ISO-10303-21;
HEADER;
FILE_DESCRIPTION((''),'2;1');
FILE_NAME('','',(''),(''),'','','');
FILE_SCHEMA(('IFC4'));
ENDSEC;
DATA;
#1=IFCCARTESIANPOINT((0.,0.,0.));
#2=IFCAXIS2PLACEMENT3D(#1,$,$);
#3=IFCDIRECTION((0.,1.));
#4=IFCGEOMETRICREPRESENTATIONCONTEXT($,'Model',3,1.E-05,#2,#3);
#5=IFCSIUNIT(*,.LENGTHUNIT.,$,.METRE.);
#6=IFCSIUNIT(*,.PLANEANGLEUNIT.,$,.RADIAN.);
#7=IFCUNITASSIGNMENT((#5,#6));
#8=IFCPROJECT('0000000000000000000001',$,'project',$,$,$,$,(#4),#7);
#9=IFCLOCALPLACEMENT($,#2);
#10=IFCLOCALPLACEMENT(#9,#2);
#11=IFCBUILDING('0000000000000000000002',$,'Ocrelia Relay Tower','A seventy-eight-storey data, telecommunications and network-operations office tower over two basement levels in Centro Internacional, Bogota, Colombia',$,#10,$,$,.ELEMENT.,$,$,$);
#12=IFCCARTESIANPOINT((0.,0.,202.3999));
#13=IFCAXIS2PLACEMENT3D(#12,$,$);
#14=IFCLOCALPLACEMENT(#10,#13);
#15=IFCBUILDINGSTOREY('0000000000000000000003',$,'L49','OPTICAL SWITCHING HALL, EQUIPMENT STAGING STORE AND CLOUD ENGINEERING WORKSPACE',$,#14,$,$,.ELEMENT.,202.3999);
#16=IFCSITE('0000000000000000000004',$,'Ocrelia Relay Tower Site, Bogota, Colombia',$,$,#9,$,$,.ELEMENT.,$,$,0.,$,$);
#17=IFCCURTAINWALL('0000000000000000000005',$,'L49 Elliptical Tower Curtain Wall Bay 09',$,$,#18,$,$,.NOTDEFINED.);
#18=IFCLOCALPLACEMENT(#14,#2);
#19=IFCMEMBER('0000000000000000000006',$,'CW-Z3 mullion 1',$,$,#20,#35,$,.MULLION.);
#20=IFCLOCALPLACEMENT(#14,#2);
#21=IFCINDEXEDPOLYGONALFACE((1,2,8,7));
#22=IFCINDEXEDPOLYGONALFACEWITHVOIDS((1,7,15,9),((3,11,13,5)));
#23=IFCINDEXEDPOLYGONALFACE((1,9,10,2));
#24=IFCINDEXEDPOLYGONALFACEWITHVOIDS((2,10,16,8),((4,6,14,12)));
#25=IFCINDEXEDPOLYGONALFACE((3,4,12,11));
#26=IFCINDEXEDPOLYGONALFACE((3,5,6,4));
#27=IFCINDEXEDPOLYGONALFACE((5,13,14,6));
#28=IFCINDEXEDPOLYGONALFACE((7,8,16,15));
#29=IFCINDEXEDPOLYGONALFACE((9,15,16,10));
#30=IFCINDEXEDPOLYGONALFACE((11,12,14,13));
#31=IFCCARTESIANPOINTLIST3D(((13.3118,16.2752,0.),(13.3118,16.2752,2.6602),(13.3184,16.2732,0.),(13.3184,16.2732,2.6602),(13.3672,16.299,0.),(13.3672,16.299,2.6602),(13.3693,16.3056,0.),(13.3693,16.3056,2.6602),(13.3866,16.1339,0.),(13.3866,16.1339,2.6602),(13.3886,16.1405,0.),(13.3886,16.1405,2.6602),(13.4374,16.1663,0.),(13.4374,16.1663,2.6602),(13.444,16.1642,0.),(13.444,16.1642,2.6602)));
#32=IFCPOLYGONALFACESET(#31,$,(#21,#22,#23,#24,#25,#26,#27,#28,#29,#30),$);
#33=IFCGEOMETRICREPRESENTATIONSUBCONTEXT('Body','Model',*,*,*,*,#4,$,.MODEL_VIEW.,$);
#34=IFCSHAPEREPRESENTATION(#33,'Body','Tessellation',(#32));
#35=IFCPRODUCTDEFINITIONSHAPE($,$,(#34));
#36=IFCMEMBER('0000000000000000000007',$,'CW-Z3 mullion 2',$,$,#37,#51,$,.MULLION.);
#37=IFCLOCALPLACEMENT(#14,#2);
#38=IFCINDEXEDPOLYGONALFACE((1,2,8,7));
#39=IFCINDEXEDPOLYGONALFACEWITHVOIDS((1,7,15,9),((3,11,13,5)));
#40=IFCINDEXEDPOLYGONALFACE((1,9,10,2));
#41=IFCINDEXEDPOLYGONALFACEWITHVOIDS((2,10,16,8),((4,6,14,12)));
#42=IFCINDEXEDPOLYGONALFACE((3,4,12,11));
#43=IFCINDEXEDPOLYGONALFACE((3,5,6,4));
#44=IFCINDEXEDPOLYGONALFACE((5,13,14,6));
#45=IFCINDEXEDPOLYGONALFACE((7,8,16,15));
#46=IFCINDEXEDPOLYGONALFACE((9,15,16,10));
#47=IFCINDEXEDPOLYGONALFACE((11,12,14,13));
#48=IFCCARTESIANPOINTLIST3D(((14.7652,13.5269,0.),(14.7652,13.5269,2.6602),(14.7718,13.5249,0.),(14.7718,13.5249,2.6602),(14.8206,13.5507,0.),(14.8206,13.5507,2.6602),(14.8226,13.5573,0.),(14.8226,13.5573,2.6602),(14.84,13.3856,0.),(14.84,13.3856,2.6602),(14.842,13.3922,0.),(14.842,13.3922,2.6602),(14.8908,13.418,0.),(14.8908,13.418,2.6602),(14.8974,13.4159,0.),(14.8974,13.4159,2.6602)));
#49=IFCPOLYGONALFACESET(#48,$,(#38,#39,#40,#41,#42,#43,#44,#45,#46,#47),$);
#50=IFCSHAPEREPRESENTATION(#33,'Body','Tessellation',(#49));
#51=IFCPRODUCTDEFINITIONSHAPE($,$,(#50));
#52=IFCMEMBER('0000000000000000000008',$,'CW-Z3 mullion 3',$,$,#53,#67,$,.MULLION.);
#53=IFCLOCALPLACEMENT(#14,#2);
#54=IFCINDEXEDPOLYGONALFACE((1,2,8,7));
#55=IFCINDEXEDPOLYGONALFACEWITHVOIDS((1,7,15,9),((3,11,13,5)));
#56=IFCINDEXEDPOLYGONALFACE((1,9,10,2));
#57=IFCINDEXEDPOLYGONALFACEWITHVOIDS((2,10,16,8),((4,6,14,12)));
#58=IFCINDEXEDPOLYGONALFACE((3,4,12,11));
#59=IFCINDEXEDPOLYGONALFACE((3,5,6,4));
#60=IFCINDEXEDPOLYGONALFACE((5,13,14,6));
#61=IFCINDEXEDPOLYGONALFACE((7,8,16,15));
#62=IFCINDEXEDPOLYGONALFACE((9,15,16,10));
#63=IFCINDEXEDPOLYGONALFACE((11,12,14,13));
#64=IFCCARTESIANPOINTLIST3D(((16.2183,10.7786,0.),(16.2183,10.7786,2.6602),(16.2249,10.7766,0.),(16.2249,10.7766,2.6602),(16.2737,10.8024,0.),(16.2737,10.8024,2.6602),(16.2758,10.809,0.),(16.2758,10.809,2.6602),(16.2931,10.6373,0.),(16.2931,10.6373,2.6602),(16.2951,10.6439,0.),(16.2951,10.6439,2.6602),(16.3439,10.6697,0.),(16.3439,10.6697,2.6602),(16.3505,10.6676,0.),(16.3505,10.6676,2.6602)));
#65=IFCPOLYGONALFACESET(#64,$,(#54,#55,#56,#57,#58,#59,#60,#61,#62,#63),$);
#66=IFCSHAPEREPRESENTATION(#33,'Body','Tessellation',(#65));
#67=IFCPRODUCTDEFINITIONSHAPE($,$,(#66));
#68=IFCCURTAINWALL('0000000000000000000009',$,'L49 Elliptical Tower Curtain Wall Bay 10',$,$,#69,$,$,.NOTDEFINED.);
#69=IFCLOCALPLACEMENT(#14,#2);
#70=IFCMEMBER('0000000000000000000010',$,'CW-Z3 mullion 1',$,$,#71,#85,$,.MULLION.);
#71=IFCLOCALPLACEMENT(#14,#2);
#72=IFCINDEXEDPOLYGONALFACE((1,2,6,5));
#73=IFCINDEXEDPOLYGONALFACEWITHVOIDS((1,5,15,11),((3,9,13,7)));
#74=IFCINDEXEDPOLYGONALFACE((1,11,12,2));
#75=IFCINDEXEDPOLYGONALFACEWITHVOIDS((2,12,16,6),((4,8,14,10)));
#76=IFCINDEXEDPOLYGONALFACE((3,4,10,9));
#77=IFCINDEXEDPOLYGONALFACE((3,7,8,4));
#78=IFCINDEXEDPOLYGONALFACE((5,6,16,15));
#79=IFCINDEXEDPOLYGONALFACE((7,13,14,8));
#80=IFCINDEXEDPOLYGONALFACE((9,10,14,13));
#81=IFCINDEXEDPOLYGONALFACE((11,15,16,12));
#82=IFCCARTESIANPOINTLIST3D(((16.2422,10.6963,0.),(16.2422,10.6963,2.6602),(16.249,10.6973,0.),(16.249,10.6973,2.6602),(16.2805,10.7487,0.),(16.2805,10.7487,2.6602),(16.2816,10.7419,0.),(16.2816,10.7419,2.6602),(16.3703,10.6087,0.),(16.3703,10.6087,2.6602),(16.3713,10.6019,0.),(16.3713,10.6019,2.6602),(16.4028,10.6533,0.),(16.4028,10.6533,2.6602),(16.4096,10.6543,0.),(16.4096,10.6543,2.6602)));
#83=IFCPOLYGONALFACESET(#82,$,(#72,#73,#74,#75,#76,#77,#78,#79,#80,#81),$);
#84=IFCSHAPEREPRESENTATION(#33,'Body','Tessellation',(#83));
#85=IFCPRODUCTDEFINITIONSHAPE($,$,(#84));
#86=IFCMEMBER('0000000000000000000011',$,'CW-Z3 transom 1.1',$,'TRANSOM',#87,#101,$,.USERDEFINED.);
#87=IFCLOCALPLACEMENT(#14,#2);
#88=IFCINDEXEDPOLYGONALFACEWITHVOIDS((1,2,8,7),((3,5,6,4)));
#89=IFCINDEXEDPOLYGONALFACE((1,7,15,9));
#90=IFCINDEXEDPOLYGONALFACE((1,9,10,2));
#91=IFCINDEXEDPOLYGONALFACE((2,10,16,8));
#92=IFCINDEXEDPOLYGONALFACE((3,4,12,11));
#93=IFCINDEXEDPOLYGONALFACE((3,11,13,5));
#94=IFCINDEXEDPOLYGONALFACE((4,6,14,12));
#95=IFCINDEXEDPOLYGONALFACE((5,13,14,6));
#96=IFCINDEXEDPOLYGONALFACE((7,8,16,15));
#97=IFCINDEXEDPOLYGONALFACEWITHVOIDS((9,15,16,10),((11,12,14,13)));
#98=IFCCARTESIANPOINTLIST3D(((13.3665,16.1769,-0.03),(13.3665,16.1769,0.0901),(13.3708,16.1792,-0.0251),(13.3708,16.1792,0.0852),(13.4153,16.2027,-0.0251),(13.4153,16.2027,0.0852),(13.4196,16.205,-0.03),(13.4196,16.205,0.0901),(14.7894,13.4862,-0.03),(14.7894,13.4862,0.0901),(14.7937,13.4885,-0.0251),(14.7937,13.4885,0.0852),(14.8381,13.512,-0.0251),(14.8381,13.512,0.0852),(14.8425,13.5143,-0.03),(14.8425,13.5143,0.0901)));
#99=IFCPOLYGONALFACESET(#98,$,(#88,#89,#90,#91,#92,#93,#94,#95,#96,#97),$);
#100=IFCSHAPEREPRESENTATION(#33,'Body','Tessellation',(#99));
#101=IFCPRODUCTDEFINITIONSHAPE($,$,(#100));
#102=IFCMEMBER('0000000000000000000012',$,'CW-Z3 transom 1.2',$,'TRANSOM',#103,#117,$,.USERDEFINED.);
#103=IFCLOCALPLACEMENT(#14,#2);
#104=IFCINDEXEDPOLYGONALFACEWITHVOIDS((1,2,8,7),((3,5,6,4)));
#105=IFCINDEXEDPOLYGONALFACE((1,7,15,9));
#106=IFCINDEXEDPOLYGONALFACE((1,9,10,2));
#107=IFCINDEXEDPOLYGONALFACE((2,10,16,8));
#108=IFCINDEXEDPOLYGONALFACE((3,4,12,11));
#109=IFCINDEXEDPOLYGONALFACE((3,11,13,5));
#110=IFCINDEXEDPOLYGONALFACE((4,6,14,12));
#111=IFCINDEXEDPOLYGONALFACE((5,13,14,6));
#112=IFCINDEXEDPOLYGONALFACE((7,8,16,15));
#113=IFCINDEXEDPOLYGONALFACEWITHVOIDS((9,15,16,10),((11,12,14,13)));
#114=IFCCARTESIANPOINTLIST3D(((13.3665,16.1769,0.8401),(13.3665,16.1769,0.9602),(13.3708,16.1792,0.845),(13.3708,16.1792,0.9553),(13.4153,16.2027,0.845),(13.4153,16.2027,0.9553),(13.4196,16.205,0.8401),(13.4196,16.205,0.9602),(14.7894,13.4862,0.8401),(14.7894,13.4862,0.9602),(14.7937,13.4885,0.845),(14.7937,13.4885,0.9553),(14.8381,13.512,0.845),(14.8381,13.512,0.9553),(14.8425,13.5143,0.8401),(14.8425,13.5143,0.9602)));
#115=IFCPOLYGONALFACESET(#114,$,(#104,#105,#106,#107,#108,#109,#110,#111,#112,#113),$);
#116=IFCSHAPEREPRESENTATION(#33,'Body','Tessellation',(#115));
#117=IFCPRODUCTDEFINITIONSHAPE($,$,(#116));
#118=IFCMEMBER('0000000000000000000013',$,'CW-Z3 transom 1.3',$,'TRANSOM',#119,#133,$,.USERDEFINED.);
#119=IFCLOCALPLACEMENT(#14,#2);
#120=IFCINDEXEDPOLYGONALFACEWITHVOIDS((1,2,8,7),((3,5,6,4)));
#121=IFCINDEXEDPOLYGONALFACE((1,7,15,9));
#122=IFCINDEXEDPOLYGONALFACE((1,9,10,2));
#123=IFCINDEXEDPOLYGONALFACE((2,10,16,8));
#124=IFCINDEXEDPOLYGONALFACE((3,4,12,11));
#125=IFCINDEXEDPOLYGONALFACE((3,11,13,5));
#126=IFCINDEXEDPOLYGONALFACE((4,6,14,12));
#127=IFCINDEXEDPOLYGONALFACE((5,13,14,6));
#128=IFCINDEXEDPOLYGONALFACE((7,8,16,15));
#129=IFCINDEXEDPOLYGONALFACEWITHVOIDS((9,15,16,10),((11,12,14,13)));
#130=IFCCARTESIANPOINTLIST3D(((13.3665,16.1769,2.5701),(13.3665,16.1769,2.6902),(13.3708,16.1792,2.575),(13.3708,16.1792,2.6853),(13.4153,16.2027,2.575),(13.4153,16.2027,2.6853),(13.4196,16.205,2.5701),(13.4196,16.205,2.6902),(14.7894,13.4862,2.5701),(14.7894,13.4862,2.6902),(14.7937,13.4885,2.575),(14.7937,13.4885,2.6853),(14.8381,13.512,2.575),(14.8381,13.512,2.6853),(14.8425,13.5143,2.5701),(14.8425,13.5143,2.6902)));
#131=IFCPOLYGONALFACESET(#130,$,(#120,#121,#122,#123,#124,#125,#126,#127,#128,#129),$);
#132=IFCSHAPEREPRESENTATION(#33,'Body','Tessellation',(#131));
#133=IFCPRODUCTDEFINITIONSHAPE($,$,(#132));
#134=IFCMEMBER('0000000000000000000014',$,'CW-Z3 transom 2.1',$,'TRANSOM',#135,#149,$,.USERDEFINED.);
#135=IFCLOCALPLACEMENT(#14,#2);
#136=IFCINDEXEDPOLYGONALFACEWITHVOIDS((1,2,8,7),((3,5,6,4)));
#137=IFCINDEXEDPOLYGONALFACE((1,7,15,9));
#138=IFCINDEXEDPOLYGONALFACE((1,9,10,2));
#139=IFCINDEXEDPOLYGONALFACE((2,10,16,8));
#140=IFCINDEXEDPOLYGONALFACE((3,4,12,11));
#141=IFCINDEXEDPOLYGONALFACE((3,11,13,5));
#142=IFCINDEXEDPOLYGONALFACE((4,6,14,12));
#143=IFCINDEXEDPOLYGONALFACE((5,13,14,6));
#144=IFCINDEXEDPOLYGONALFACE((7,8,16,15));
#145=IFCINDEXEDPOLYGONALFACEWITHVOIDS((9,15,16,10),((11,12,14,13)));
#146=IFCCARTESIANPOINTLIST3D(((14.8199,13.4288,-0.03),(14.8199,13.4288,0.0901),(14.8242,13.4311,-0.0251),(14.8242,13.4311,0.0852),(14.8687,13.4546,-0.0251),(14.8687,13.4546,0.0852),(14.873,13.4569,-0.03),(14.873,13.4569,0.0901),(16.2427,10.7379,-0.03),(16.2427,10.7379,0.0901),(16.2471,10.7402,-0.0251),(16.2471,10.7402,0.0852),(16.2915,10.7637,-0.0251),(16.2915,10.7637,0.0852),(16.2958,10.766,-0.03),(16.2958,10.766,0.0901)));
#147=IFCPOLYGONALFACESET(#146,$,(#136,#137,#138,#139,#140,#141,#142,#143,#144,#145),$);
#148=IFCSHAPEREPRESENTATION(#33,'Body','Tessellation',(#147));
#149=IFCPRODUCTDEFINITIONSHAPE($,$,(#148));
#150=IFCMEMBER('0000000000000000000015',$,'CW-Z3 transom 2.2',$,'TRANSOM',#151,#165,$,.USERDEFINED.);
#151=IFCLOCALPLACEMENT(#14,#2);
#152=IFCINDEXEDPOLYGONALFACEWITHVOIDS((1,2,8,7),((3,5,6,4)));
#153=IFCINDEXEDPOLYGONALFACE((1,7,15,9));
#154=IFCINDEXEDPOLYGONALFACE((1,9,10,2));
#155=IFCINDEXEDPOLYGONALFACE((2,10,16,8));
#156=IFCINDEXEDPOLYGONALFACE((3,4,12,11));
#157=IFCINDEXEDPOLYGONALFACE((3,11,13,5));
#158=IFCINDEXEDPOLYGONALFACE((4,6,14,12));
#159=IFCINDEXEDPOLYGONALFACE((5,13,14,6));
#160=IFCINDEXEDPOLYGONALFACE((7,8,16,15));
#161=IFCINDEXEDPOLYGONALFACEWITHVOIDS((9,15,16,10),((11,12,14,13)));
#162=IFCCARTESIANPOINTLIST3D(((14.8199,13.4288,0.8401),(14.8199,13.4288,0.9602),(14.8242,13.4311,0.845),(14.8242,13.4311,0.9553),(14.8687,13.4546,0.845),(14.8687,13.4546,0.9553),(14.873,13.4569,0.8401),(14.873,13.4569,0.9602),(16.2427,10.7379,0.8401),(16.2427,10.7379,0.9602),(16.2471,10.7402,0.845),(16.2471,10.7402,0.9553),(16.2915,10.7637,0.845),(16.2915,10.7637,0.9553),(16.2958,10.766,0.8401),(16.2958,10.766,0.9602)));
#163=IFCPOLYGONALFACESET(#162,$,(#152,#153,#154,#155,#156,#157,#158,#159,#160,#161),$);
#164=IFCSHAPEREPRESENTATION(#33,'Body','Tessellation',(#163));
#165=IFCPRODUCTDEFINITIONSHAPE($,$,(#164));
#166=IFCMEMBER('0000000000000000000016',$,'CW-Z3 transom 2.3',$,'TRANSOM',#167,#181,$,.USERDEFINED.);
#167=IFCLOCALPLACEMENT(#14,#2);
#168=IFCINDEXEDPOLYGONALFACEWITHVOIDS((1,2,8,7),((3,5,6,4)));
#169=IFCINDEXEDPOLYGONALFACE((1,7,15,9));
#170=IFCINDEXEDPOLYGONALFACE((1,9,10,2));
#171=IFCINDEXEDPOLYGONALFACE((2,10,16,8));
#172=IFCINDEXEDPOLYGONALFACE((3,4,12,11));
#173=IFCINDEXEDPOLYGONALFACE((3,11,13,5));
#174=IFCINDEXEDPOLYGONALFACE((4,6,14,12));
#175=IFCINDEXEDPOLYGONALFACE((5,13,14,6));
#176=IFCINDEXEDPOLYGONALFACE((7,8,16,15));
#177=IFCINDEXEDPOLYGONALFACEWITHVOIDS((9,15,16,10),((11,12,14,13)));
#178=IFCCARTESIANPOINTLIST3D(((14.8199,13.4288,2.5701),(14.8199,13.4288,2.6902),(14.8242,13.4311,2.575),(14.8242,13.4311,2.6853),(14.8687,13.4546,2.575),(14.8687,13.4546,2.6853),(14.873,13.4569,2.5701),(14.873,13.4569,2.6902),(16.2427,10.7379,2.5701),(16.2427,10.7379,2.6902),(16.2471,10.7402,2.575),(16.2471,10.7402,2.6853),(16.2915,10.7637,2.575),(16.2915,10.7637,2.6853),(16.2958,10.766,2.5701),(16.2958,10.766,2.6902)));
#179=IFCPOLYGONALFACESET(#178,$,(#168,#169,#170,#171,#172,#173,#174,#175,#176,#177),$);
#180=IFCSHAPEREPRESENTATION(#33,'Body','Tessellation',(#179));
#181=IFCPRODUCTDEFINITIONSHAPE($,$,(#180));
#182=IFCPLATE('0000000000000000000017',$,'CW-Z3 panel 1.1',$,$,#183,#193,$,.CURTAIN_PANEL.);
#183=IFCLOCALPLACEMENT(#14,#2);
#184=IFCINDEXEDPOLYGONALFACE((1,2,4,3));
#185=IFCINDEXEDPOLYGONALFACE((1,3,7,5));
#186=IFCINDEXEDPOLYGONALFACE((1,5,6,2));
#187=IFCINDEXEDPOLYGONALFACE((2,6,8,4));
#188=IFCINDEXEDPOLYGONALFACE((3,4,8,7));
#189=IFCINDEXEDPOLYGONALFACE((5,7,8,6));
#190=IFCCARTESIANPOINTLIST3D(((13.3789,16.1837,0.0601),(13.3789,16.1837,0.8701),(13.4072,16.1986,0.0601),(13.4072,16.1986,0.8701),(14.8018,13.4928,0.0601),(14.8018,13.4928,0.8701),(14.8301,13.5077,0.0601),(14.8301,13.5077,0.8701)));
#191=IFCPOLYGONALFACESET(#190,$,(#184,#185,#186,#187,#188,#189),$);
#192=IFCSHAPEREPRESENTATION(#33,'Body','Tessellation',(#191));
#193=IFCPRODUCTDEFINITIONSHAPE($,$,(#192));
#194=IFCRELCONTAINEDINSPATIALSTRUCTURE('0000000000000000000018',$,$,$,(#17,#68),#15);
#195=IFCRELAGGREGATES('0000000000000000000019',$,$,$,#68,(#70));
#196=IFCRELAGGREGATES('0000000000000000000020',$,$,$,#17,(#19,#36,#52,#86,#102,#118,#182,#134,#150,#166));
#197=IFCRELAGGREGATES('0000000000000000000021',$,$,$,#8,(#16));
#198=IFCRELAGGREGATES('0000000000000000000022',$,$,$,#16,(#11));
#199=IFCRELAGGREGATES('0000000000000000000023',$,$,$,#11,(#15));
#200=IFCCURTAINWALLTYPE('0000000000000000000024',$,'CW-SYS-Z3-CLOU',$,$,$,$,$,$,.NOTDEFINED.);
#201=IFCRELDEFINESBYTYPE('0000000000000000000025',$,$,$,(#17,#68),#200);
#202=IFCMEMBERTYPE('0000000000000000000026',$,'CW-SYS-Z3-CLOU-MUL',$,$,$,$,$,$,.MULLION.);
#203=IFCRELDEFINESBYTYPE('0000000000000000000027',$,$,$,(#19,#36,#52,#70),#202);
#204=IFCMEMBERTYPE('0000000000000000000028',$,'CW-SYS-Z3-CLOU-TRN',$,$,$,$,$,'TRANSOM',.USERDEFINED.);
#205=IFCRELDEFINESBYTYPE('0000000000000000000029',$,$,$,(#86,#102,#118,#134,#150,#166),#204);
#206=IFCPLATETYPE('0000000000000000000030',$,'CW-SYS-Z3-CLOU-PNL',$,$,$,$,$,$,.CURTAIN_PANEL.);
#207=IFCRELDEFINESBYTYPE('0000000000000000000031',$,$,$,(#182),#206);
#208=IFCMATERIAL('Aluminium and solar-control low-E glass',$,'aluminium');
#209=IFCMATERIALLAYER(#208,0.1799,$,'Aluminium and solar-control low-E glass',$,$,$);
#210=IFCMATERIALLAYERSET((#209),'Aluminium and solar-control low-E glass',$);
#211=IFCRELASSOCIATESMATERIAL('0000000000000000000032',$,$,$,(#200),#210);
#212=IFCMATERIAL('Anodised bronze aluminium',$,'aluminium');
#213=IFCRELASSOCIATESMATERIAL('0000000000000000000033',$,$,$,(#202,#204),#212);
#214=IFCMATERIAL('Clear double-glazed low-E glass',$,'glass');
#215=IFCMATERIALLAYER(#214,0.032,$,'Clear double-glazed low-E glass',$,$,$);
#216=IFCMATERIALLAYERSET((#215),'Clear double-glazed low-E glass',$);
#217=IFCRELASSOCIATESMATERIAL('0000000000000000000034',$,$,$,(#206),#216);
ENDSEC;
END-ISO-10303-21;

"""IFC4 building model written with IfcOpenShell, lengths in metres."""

from ifc_helpers import new_model, si_unit, direction, frame, origin, origin_2d, place, context, subcontext, project, spatial, rectangle, hollow_rectangle, extrude, material, layer, layer_set, material_profile, profile_set, type_object, element, aggregate, save


model = new_model("IFC4")

# Units and contexts
model_context = context("Model", 3, precision=1e-05, world=origin(), true_north=direction((0.0, 1.0)))
body_context = subcontext(model_context, "Body", "Model", "MODEL_VIEW")
ifc_project = project(units=[si_unit("LENGTHUNIT", "METRE"), si_unit("PLANEANGLEUNIT", "RADIAN")], contexts=[model_context])

# Site, building, storey
site_placement = place(None, origin())
site = spatial("IfcSite", under=ifc_project, at=site_placement, Name="Ocrelia Relay Tower Site, Bogota, Colombia", CompositionType="ELEMENT", RefElevation=0.0)
building_placement = place(site_placement, origin())
building = spatial("IfcBuilding", under=site, at=building_placement, Name="Ocrelia Relay Tower", Description="A seventy-eight-storey data, telecommunications and network-operations office tower over two basement levels in Centro Internacional, Bogota, Colombia", CompositionType="ELEMENT")
storey_placement = place(building_placement, frame((0.0, 0.0, 202.3999)))
storey = spatial("IfcBuildingStorey", under=building, at=storey_placement, Name="L49", Description="OPTICAL SWITCHING HALL, EQUIPMENT STAGING STORE AND CLOUD ENGINEERING WORKSPACE", CompositionType="ELEMENT", Elevation=202.3999)

# Curtain wall, members
ifc_material_1 = material(Name="Aluminium and solar-control low-E glass", Category="aluminium")
ifc_layer_1 = layer(ifc_material_1, 0.1799, Name="Aluminium and solar-control low-E glass")
ifc_layer_set_1 = layer_set([ifc_layer_1], Name="Aluminium and solar-control low-E glass")
curtain_wall_type = type_object("IfcCurtainWallType", Name="CW-SYS-Z3-CLOU", PredefinedType="NOTDEFINED", material=ifc_layer_set_1)
curtain_wall_1_placement = place(storey_placement, origin())
curtain_wall_1 = element("IfcCurtainWall", 1, at=curtain_wall_1_placement, inside=storey, type_object=curtain_wall_type, Name="L49 Elliptical Tower Curtain Wall Bay 09", PredefinedType="NOTDEFINED")
ifc_material_2 = material(Name="Anodised bronze aluminium", Category="aluminium")
ifc_material_profile_1 = material_profile(ifc_material_2, hollow_rectangle(XDim=0.0649, YDim=0.1599, WallThickness=0.0049, at=origin_2d()), Name="CW-MUL-160x65")
ifc_profile_set_1 = profile_set([ifc_material_profile_1], Name="Anodised bronze aluminium")
member_type_1 = type_object("IfcMemberType", Name="CW-SYS-Z3-CLOU-MUL", PredefinedType="MULLION", material=ifc_profile_set_1)
member_1_placement = place(storey_placement, frame((13.3779, 16.2197, 0.0), z_axis=(0.0, 0.0, 1.0), x_axis=(0.884008, 0.467471, 0.0)))
member_1 = element("IfcMember", 2, at=member_1_placement, type_object=member_type_1, Name="CW-Z3 mullion 1", PredefinedType="MULLION", context=body_context, shape_type="SweptSolid", body=[
    extrude(hollow_rectangle(XDim=0.0649, YDim=0.1599, WallThickness=0.0049, at=origin_2d()), origin(), (0.0, 0.0, 1.0), 2.6602),
])
member_2_placement = place(storey_placement, frame((14.8313, 13.4714, 0.0), z_axis=(0.0, 0.0, 1.0), x_axis=(0.884008, 0.467471, 0.0)))
member_2 = element("IfcMember", 3, at=member_2_placement, type_object=member_type_1, Name="CW-Z3 mullion 2", PredefinedType="MULLION", context=body_context, shape_type="SweptSolid", body=[
    extrude(hollow_rectangle(XDim=0.0649, YDim=0.1599, WallThickness=0.0049, at=origin_2d()), origin(), (0.0, 0.0, 1.0), 2.6602),
])
member_3_placement = place(storey_placement, frame((16.2844, 10.7231, 0.0), z_axis=(0.0, 0.0, 1.0), x_axis=(0.884008, 0.467471, 0.0)))
member_3 = element("IfcMember", 4, at=member_3_placement, type_object=member_type_1, Name="CW-Z3 mullion 3", PredefinedType="MULLION", context=body_context, shape_type="SweptSolid", body=[
    extrude(hollow_rectangle(XDim=0.0649, YDim=0.1599, WallThickness=0.0049, at=origin_2d()), origin(), (0.0, 0.0, 1.0), 2.6602),
])

# Curtain wall, member
curtain_wall_2_placement = place(storey_placement, origin())
curtain_wall_2 = element("IfcCurtainWall", 5, at=curtain_wall_2_placement, inside=storey, type_object=curtain_wall_type, Name="L49 Elliptical Tower Curtain Wall Bay 10", PredefinedType="NOTDEFINED")
member_4_placement = place(storey_placement, frame((16.3259, 10.6753, 0.0), z_axis=(0.0, 0.0, 1.0), x_axis=(0.590181, 0.807271, 0.0)))
member_4 = element("IfcMember", 6, at=member_4_placement, type_object=member_type_1, Name="CW-Z3 mullion 1", PredefinedType="MULLION", context=body_context, shape_type="SweptSolid", body=[
    extrude(hollow_rectangle(XDim=0.0649, YDim=0.1599, WallThickness=0.0049, at=origin_2d()), origin(), (0.0, 0.0, 1.0), 2.6602),
])
aggregate(curtain_wall_2, [member_4])

# Members
ifc_material_profile_2 = material_profile(ifc_material_2, hollow_rectangle(XDim=0.0601, YDim=0.1201, WallThickness=0.0049, at=origin_2d()), Name="CW-TRN-120x60")
ifc_profile_set_2 = profile_set([ifc_material_profile_2], Name="Anodised bronze aluminium")
member_type_2 = type_object("IfcMemberType", Name="CW-SYS-Z3-CLOU-TRN", ElementType="TRANSOM", PredefinedType="USERDEFINED", material=ifc_profile_set_2)
member_5_placement = place(storey_placement, frame((13.3931, 16.1909, 0.03), z_axis=(0.467471, -0.884008, 0.0), x_axis=(0.884008, 0.467471, 0.0)))
member_5 = element("IfcMember", 7, at=member_5_placement, type_object=member_type_2, Name="CW-Z3 transom 1.1", ObjectType="TRANSOM", PredefinedType="USERDEFINED", context=body_context, shape_type="SweptSolid", body=[
    extrude(hollow_rectangle(XDim=0.0601, YDim=0.1201, WallThickness=0.0049, at=origin_2d()), origin(), (0.0, 0.0, 1.0), 3.0437),
])
member_6_placement = place(storey_placement, frame((13.3931, 16.1909, 0.9001), z_axis=(0.467471, -0.884008, 0.0), x_axis=(0.884008, 0.467471, 0.0)))
member_6 = element("IfcMember", 8, at=member_6_placement, type_object=member_type_2, Name="CW-Z3 transom 1.2", ObjectType="TRANSOM", PredefinedType="USERDEFINED", context=body_context, shape_type="SweptSolid", body=[
    extrude(hollow_rectangle(XDim=0.0601, YDim=0.1201, WallThickness=0.0049, at=origin_2d()), origin(), (0.0, 0.0, 1.0), 3.0437),
])
member_7_placement = place(storey_placement, frame((13.3931, 16.1909, 2.6301), z_axis=(0.467471, -0.884008, 0.0), x_axis=(0.884008, 0.467471, 0.0)))
member_7 = element("IfcMember", 9, at=member_7_placement, type_object=member_type_2, Name="CW-Z3 transom 1.3", ObjectType="TRANSOM", PredefinedType="USERDEFINED", context=body_context, shape_type="SweptSolid", body=[
    extrude(hollow_rectangle(XDim=0.0601, YDim=0.1201, WallThickness=0.0049, at=origin_2d()), origin(), (0.0, 0.0, 1.0), 3.0437),
])
member_8_placement = place(storey_placement, frame((14.8464, 13.4429, 0.03), z_axis=(0.467438, -0.884026, 0.0), x_axis=(0.884026, 0.467438, 0.0)))
member_8 = element("IfcMember", 10, at=member_8_placement, type_object=member_type_2, Name="CW-Z3 transom 2.1", ObjectType="TRANSOM", PredefinedType="USERDEFINED", context=body_context, shape_type="SweptSolid", body=[
    extrude(hollow_rectangle(XDim=0.0601, YDim=0.1201, WallThickness=0.0049, at=origin_2d()), origin(), (0.0, 0.0, 1.0), 3.0439),
])
member_9_placement = place(storey_placement, frame((14.8464, 13.4429, 0.9001), z_axis=(0.467438, -0.884026, 0.0), x_axis=(0.884026, 0.467438, 0.0)))
member_9 = element("IfcMember", 11, at=member_9_placement, type_object=member_type_2, Name="CW-Z3 transom 2.2", ObjectType="TRANSOM", PredefinedType="USERDEFINED", context=body_context, shape_type="SweptSolid", body=[
    extrude(hollow_rectangle(XDim=0.0601, YDim=0.1201, WallThickness=0.0049, at=origin_2d()), origin(), (0.0, 0.0, 1.0), 3.0439),
])
member_10_placement = place(storey_placement, frame((14.8464, 13.4429, 2.6301), z_axis=(0.467438, -0.884026, 0.0), x_axis=(0.884026, 0.467438, 0.0)))
member_10 = element("IfcMember", 12, at=member_10_placement, type_object=member_type_2, Name="CW-Z3 transom 2.3", ObjectType="TRANSOM", PredefinedType="USERDEFINED", context=body_context, shape_type="SweptSolid", body=[
    extrude(hollow_rectangle(XDim=0.0601, YDim=0.1201, WallThickness=0.0049, at=origin_2d()), origin(), (0.0, 0.0, 1.0), 3.0439),
])

# Plate
ifc_material_3 = material(Name="Clear double-glazed low-E glass", Category="glass")
ifc_layer_2 = layer(ifc_material_3, 0.032, Name="Clear double-glazed low-E glass")
ifc_layer_set_2 = layer_set([ifc_layer_2], Name="Clear double-glazed low-E glass")
plate_type = type_object("IfcPlateType", Name="CW-SYS-Z3-CLOU-PNL", PredefinedType="CURTAIN_PANEL", material=ifc_layer_set_2)
plate_1_placement = place(storey_placement, frame((14.1045, 14.8457, 0.0601), z_axis=(0.0, 0.0, 1.0), x_axis=(0.467471, -0.884008, 0.0)))
plate_1 = element("IfcPlate", 13, at=plate_1_placement, type_object=plate_type, Name="CW-Z3 panel 1.1", PredefinedType="CURTAIN_PANEL", context=body_context, shape_type="SweptSolid", body=[
    extrude(rectangle(XDim=3.0439, YDim=0.032, at=origin_2d()), origin(), (0.0, 0.0, 1.0), 0.8101),
])
aggregate(curtain_wall_1, [member_1, member_2, member_3, member_5, member_6, member_7, plate_1, member_8, member_9, member_10])

save(model, "model.ifc")
